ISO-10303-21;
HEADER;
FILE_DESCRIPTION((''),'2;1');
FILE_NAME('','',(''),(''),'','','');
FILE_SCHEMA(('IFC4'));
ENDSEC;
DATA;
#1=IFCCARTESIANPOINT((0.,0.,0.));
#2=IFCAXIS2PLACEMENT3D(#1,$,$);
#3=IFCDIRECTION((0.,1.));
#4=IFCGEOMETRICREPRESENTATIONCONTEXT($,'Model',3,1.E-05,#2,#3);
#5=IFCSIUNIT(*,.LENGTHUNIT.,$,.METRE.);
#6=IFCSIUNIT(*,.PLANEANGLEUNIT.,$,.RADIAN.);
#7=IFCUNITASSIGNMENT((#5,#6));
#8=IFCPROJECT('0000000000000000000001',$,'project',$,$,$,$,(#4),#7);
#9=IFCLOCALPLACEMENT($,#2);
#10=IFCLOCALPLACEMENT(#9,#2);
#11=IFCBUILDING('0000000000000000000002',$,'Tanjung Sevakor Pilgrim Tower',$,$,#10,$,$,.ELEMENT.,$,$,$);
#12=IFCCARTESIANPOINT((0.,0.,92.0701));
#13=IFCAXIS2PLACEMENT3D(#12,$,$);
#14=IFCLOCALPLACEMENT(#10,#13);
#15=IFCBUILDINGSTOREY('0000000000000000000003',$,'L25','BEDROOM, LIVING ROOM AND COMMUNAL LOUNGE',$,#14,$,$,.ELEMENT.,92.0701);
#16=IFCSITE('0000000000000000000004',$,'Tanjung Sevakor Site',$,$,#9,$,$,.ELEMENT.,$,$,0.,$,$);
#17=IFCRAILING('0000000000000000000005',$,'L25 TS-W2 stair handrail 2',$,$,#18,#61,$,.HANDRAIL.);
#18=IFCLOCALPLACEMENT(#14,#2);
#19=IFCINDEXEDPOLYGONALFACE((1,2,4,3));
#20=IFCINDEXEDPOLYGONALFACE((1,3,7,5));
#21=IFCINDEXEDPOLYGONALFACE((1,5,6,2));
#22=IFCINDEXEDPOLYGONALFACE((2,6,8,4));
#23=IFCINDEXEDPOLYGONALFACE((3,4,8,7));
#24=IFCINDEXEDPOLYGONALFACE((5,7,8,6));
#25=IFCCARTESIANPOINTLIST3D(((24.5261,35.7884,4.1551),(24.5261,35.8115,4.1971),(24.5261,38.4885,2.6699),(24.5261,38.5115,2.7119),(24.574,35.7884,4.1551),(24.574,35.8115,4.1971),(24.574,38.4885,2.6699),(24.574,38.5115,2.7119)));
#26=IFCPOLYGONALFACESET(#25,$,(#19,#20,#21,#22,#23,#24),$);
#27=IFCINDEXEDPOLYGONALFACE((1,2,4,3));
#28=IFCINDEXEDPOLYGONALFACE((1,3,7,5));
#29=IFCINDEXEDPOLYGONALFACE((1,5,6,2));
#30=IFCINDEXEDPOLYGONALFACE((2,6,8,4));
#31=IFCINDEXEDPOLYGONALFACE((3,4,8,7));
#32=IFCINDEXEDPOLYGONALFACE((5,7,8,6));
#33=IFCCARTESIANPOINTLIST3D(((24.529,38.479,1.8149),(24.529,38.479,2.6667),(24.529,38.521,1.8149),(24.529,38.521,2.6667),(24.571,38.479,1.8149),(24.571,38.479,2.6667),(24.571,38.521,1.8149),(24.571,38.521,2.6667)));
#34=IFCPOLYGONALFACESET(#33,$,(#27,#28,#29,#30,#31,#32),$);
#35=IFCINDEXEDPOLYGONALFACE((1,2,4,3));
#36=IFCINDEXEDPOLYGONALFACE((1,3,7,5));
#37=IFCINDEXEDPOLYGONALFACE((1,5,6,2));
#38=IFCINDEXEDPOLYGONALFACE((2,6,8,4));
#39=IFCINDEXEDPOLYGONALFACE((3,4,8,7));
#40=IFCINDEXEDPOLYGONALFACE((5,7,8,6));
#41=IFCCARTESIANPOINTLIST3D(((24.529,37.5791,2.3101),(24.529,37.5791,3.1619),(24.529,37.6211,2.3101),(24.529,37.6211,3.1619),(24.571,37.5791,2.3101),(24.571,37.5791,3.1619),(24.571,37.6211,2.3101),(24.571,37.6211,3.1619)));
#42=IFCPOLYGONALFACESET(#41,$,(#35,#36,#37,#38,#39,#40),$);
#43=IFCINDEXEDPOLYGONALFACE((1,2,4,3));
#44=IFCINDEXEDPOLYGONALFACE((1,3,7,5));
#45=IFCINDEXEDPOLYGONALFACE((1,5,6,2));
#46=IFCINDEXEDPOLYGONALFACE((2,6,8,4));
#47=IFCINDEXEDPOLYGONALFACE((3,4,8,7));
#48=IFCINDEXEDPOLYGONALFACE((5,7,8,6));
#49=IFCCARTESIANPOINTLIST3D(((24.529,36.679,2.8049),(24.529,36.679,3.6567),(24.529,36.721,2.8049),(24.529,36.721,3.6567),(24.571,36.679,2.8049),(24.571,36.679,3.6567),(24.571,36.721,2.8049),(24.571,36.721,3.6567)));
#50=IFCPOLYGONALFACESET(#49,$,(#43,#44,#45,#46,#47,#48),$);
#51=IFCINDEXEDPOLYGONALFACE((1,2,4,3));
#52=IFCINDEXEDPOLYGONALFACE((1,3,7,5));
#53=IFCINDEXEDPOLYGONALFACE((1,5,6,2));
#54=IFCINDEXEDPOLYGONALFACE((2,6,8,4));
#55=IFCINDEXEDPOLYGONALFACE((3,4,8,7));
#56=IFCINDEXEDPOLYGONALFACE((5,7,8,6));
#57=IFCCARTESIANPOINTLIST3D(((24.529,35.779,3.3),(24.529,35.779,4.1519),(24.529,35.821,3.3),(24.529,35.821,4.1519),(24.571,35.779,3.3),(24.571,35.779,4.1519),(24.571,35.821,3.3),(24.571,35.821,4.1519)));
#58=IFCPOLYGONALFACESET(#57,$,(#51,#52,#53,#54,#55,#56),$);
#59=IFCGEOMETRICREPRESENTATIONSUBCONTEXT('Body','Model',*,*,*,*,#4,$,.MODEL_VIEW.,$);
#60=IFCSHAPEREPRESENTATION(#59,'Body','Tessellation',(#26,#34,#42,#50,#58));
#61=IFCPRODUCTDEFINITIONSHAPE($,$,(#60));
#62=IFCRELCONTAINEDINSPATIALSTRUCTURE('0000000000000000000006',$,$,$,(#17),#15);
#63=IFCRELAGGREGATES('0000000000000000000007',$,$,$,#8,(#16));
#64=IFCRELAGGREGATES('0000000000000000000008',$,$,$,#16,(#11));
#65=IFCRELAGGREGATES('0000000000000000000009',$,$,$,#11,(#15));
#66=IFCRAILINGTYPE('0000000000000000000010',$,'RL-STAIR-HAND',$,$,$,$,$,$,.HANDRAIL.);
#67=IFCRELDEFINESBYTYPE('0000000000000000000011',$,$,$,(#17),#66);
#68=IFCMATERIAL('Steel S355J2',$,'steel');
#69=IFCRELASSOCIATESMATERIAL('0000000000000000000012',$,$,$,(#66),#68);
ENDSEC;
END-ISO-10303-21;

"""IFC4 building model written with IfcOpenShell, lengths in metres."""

from ifc_helpers import new_model, si_unit, direction, frame, origin, place, context, subcontext, project, spatial, rectangle, extrude, material, type_object, element, save


model = new_model("IFC4")

# Units and contexts
model_context = context("Model", 3, precision=1e-05, world=origin(), true_north=direction((0.0, 1.0)))
body_context = subcontext(model_context, "Body", "Model", "MODEL_VIEW")
ifc_project = project(units=[si_unit("LENGTHUNIT", "METRE"), si_unit("PLANEANGLEUNIT", "RADIAN")], contexts=[model_context])

# Site, building, storey
site_placement = place(None, origin())
site = spatial("IfcSite", under=ifc_project, at=site_placement, Name="Tanjung Sevakor Site", CompositionType="ELEMENT", RefElevation=0.0)
building_placement = place(site_placement, origin())
building = spatial("IfcBuilding", under=site, at=building_placement, Name="Tanjung Sevakor Pilgrim Tower", CompositionType="ELEMENT")
storey_placement = place(building_placement, frame((0.0, 0.0, 92.0701)))
storey = spatial("IfcBuildingStorey", under=building, at=storey_placement, Name="L25", Description="BEDROOM, LIVING ROOM AND COMMUNAL LOUNGE", CompositionType="ELEMENT", Elevation=92.0701)

# Railing
ifc_material_1 = material(Name="Steel S355J2", Category="steel")
railing_type_1 = type_object("IfcRailingType", Name="RL-STAIR-HAND", PredefinedType="HANDRAIL", material=ifc_material_1)
railing_1_placement = place(storey_placement, frame((24.55, 38.5, 1.8149)))
element("IfcRailing", 1, at=railing_1_placement, inside=storey, type_object=railing_type_1, Name="L25 TS-W2 stair handrail 2", PredefinedType="HANDRAIL", context=body_context, shape_type="SweptSolid", body=[
    extrude(rectangle(XDim=0.0479, YDim=0.0479), frame((0.0, 0.0, 0.876), z_axis=(0.0, -0.876198, 0.481952), x_axis=(1.0, 0.0, 0.0)), (0.0, 0.0, 1.0), 3.0815),
    extrude(rectangle(XDim=0.042, YDim=0.042), origin(), (0.0, 0.0, 1.0), 0.8518),
    extrude(rectangle(XDim=0.042, YDim=0.042), frame((0.0, -0.8999, 0.4951)), (0.0, 0.0, 1.0), 0.8518),
    extrude(rectangle(XDim=0.042, YDim=0.042), frame((0.0, -1.8, 0.99)), (0.0, 0.0, 1.0), 0.8518),
    extrude(rectangle(XDim=0.042, YDim=0.042), frame((0.0, -2.7, 1.4851)), (0.0, 0.0, 1.0), 0.8518),
])

save(model, "model.ifc")
